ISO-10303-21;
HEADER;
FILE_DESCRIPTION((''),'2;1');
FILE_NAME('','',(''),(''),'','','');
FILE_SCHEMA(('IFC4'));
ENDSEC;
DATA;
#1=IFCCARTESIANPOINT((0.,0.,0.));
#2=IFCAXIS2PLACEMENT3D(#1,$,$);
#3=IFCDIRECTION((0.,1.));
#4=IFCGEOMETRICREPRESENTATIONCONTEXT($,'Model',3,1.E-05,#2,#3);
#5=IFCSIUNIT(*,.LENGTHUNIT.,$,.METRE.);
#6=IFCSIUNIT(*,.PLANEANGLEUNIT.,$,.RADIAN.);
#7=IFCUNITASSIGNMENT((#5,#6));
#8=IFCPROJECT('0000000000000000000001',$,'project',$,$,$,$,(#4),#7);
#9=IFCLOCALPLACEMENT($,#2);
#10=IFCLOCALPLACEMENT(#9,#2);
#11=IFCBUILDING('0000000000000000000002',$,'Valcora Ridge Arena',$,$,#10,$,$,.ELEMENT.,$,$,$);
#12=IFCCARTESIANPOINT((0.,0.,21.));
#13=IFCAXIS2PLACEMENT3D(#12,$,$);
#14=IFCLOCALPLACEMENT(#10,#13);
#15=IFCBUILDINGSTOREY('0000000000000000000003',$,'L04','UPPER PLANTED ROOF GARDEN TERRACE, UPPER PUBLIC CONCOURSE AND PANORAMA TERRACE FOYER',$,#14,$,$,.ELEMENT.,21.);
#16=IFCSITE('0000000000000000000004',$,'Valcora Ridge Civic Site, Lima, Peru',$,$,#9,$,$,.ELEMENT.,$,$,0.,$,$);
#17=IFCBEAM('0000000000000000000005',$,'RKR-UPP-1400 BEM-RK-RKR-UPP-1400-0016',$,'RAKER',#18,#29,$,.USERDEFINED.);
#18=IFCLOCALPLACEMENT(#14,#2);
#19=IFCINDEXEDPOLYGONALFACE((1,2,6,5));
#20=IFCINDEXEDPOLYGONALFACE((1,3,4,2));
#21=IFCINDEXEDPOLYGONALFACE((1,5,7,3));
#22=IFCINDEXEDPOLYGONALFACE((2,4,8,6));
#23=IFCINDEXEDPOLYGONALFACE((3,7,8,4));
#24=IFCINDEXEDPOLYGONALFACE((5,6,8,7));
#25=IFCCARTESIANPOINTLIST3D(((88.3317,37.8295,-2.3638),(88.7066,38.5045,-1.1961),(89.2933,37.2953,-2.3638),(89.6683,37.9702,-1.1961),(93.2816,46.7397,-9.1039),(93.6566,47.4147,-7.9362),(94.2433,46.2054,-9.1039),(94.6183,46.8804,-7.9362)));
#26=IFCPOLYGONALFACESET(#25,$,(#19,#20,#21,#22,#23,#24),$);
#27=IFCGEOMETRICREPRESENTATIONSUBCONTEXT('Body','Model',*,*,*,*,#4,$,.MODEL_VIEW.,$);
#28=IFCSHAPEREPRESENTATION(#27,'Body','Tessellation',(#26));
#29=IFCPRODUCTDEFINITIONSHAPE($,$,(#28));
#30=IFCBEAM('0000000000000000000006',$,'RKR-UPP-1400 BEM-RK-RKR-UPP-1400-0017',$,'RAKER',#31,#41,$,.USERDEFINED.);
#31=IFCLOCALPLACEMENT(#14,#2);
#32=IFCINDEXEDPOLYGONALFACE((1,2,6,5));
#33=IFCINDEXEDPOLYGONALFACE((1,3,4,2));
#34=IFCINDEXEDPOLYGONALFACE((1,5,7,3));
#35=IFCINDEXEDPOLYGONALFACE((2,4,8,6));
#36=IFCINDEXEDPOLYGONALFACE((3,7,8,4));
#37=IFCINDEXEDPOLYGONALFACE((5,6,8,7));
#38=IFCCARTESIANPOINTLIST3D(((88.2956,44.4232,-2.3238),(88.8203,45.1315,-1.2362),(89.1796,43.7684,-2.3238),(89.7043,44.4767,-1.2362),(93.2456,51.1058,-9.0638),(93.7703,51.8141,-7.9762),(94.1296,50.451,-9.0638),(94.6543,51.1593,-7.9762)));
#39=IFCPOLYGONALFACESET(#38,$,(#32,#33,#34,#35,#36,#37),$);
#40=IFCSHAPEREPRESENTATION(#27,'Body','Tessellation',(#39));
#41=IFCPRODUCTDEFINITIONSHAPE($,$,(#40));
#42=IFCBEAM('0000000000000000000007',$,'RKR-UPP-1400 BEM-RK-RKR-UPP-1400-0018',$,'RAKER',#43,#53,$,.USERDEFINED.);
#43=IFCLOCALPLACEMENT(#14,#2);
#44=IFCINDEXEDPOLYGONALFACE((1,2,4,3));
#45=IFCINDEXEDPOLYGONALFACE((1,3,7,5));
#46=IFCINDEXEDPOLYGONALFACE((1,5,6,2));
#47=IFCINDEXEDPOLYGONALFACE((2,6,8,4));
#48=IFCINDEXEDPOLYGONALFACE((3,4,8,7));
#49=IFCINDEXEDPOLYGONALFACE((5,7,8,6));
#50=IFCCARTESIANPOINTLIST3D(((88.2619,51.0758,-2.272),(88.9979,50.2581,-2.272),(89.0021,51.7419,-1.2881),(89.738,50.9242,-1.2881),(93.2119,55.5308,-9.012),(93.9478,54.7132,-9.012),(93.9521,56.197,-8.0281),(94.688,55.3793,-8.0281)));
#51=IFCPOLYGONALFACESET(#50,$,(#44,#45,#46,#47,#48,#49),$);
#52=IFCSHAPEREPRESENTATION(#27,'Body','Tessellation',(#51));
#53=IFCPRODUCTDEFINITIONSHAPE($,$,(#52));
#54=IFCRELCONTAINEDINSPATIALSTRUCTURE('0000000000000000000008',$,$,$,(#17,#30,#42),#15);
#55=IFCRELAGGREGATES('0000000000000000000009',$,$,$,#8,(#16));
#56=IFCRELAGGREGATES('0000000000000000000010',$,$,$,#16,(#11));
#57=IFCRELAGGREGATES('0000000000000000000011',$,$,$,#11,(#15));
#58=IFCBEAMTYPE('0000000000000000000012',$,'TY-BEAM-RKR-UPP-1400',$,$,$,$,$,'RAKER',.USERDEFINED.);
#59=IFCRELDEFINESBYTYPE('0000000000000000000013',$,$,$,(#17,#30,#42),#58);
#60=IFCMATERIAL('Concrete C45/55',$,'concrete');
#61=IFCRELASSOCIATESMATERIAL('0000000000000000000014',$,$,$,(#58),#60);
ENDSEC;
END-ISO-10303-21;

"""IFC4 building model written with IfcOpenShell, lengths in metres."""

from ifc_helpers import new_model, si_unit, direction, frame, origin, origin_2d, place, context, subcontext, project, spatial, rectangle, extrude, material, material_profile, profile_set, type_object, element, save


model = new_model("IFC4")

# Units and contexts
model_context = context("Model", 3, precision=1e-05, world=origin(), true_north=direction((0.0, 1.0)))
body_context = subcontext(model_context, "Body", "Model", "MODEL_VIEW")
ifc_project = project(units=[si_unit("LENGTHUNIT", "METRE"), si_unit("PLANEANGLEUNIT", "RADIAN")], contexts=[model_context])

# Site, building, storey
site_placement = place(None, origin())
site = spatial("IfcSite", under=ifc_project, at=site_placement, Name="Valcora Ridge Civic Site, Lima, Peru", CompositionType="ELEMENT", RefElevation=0.0)
building_placement = place(site_placement, origin())
building = spatial("IfcBuilding", under=site, at=building_placement, Name="Valcora Ridge Arena", CompositionType="ELEMENT")
storey_placement = place(building_placement, frame((0.0, 0.0, 21.0)))
storey = spatial("IfcBuildingStorey", under=building, at=storey_placement, Name="L04", Description="UPPER PLANTED ROOF GARDEN TERRACE, UPPER PUBLIC CONCOURSE AND PANORAMA TERRACE FOYER", CompositionType="ELEMENT", Elevation=21.0)

# Beams
ifc_material_1 = material(Name="Concrete C45/55", Category="concrete")
ifc_material_profile_1 = material_profile(ifc_material_1, rectangle(XDim=1.1001, YDim=1.3999, at=origin_2d()), Name="RC 1100x1400")
ifc_profile_set_1 = profile_set([ifc_material_profile_1], Name="Concrete C45/55")
beam_type_1 = type_object("IfcBeamType", Name="TY-BEAM-RKR-UPP-1400", ElementType="RAKER", PredefinedType="USERDEFINED", material=ifc_profile_set_1)
beam_1_placement = place(storey_placement, frame((93.95, 46.8101, -8.52), z_axis=(-0.405081, -0.729165, 0.551569), x_axis=(0.874163, -0.485633, 0.0)))
element("IfcBeam", 1, at=beam_1_placement, inside=storey, type_object=beam_type_1, Name="RKR-UPP-1400 BEM-RK-RKR-UPP-1400-0016", ObjectType="RAKER", PredefinedType="USERDEFINED", context=body_context, shape_type="SweptSolid", body=[
    extrude(rectangle(XDim=1.1001, YDim=1.3999, at=origin_2d()), origin(), (0.0, 0.0, 1.0), 12.2197),
])
beam_2_placement = place(storey_placement, frame((93.95, 51.1326, -8.52), z_axis=(-0.462417, -0.62428, 0.629639), x_axis=(0.803565, -0.595217, 0.0)))
element("IfcBeam", 2, at=beam_2_placement, inside=storey, type_object=beam_type_1, Name="RKR-UPP-1400 BEM-RK-RKR-UPP-1400-0017", ObjectType="RAKER", PredefinedType="USERDEFINED", context=body_context, shape_type="SweptSolid", body=[
    extrude(rectangle(XDim=1.1001, YDim=1.3999, at=origin_2d()), origin(), (0.0, 0.0, 1.0), 10.7046),
])
beam_3_placement = place(storey_placement, frame((93.95, 55.4551, -8.52), z_axis=(-0.522418, -0.470189, 0.711338), x_axis=(0.668975, -0.743285, 0.0)))
element("IfcBeam", 3, at=beam_3_placement, inside=storey, type_object=beam_type_1, Name="RKR-UPP-1400 BEM-RK-RKR-UPP-1400-0018", ObjectType="RAKER", PredefinedType="USERDEFINED", context=body_context, shape_type="SweptSolid", body=[
    extrude(rectangle(XDim=1.1001, YDim=1.3999, at=origin_2d()), origin(), (0.0, 0.0, 1.0), 9.4751),
])

save(model, "model.ifc")
